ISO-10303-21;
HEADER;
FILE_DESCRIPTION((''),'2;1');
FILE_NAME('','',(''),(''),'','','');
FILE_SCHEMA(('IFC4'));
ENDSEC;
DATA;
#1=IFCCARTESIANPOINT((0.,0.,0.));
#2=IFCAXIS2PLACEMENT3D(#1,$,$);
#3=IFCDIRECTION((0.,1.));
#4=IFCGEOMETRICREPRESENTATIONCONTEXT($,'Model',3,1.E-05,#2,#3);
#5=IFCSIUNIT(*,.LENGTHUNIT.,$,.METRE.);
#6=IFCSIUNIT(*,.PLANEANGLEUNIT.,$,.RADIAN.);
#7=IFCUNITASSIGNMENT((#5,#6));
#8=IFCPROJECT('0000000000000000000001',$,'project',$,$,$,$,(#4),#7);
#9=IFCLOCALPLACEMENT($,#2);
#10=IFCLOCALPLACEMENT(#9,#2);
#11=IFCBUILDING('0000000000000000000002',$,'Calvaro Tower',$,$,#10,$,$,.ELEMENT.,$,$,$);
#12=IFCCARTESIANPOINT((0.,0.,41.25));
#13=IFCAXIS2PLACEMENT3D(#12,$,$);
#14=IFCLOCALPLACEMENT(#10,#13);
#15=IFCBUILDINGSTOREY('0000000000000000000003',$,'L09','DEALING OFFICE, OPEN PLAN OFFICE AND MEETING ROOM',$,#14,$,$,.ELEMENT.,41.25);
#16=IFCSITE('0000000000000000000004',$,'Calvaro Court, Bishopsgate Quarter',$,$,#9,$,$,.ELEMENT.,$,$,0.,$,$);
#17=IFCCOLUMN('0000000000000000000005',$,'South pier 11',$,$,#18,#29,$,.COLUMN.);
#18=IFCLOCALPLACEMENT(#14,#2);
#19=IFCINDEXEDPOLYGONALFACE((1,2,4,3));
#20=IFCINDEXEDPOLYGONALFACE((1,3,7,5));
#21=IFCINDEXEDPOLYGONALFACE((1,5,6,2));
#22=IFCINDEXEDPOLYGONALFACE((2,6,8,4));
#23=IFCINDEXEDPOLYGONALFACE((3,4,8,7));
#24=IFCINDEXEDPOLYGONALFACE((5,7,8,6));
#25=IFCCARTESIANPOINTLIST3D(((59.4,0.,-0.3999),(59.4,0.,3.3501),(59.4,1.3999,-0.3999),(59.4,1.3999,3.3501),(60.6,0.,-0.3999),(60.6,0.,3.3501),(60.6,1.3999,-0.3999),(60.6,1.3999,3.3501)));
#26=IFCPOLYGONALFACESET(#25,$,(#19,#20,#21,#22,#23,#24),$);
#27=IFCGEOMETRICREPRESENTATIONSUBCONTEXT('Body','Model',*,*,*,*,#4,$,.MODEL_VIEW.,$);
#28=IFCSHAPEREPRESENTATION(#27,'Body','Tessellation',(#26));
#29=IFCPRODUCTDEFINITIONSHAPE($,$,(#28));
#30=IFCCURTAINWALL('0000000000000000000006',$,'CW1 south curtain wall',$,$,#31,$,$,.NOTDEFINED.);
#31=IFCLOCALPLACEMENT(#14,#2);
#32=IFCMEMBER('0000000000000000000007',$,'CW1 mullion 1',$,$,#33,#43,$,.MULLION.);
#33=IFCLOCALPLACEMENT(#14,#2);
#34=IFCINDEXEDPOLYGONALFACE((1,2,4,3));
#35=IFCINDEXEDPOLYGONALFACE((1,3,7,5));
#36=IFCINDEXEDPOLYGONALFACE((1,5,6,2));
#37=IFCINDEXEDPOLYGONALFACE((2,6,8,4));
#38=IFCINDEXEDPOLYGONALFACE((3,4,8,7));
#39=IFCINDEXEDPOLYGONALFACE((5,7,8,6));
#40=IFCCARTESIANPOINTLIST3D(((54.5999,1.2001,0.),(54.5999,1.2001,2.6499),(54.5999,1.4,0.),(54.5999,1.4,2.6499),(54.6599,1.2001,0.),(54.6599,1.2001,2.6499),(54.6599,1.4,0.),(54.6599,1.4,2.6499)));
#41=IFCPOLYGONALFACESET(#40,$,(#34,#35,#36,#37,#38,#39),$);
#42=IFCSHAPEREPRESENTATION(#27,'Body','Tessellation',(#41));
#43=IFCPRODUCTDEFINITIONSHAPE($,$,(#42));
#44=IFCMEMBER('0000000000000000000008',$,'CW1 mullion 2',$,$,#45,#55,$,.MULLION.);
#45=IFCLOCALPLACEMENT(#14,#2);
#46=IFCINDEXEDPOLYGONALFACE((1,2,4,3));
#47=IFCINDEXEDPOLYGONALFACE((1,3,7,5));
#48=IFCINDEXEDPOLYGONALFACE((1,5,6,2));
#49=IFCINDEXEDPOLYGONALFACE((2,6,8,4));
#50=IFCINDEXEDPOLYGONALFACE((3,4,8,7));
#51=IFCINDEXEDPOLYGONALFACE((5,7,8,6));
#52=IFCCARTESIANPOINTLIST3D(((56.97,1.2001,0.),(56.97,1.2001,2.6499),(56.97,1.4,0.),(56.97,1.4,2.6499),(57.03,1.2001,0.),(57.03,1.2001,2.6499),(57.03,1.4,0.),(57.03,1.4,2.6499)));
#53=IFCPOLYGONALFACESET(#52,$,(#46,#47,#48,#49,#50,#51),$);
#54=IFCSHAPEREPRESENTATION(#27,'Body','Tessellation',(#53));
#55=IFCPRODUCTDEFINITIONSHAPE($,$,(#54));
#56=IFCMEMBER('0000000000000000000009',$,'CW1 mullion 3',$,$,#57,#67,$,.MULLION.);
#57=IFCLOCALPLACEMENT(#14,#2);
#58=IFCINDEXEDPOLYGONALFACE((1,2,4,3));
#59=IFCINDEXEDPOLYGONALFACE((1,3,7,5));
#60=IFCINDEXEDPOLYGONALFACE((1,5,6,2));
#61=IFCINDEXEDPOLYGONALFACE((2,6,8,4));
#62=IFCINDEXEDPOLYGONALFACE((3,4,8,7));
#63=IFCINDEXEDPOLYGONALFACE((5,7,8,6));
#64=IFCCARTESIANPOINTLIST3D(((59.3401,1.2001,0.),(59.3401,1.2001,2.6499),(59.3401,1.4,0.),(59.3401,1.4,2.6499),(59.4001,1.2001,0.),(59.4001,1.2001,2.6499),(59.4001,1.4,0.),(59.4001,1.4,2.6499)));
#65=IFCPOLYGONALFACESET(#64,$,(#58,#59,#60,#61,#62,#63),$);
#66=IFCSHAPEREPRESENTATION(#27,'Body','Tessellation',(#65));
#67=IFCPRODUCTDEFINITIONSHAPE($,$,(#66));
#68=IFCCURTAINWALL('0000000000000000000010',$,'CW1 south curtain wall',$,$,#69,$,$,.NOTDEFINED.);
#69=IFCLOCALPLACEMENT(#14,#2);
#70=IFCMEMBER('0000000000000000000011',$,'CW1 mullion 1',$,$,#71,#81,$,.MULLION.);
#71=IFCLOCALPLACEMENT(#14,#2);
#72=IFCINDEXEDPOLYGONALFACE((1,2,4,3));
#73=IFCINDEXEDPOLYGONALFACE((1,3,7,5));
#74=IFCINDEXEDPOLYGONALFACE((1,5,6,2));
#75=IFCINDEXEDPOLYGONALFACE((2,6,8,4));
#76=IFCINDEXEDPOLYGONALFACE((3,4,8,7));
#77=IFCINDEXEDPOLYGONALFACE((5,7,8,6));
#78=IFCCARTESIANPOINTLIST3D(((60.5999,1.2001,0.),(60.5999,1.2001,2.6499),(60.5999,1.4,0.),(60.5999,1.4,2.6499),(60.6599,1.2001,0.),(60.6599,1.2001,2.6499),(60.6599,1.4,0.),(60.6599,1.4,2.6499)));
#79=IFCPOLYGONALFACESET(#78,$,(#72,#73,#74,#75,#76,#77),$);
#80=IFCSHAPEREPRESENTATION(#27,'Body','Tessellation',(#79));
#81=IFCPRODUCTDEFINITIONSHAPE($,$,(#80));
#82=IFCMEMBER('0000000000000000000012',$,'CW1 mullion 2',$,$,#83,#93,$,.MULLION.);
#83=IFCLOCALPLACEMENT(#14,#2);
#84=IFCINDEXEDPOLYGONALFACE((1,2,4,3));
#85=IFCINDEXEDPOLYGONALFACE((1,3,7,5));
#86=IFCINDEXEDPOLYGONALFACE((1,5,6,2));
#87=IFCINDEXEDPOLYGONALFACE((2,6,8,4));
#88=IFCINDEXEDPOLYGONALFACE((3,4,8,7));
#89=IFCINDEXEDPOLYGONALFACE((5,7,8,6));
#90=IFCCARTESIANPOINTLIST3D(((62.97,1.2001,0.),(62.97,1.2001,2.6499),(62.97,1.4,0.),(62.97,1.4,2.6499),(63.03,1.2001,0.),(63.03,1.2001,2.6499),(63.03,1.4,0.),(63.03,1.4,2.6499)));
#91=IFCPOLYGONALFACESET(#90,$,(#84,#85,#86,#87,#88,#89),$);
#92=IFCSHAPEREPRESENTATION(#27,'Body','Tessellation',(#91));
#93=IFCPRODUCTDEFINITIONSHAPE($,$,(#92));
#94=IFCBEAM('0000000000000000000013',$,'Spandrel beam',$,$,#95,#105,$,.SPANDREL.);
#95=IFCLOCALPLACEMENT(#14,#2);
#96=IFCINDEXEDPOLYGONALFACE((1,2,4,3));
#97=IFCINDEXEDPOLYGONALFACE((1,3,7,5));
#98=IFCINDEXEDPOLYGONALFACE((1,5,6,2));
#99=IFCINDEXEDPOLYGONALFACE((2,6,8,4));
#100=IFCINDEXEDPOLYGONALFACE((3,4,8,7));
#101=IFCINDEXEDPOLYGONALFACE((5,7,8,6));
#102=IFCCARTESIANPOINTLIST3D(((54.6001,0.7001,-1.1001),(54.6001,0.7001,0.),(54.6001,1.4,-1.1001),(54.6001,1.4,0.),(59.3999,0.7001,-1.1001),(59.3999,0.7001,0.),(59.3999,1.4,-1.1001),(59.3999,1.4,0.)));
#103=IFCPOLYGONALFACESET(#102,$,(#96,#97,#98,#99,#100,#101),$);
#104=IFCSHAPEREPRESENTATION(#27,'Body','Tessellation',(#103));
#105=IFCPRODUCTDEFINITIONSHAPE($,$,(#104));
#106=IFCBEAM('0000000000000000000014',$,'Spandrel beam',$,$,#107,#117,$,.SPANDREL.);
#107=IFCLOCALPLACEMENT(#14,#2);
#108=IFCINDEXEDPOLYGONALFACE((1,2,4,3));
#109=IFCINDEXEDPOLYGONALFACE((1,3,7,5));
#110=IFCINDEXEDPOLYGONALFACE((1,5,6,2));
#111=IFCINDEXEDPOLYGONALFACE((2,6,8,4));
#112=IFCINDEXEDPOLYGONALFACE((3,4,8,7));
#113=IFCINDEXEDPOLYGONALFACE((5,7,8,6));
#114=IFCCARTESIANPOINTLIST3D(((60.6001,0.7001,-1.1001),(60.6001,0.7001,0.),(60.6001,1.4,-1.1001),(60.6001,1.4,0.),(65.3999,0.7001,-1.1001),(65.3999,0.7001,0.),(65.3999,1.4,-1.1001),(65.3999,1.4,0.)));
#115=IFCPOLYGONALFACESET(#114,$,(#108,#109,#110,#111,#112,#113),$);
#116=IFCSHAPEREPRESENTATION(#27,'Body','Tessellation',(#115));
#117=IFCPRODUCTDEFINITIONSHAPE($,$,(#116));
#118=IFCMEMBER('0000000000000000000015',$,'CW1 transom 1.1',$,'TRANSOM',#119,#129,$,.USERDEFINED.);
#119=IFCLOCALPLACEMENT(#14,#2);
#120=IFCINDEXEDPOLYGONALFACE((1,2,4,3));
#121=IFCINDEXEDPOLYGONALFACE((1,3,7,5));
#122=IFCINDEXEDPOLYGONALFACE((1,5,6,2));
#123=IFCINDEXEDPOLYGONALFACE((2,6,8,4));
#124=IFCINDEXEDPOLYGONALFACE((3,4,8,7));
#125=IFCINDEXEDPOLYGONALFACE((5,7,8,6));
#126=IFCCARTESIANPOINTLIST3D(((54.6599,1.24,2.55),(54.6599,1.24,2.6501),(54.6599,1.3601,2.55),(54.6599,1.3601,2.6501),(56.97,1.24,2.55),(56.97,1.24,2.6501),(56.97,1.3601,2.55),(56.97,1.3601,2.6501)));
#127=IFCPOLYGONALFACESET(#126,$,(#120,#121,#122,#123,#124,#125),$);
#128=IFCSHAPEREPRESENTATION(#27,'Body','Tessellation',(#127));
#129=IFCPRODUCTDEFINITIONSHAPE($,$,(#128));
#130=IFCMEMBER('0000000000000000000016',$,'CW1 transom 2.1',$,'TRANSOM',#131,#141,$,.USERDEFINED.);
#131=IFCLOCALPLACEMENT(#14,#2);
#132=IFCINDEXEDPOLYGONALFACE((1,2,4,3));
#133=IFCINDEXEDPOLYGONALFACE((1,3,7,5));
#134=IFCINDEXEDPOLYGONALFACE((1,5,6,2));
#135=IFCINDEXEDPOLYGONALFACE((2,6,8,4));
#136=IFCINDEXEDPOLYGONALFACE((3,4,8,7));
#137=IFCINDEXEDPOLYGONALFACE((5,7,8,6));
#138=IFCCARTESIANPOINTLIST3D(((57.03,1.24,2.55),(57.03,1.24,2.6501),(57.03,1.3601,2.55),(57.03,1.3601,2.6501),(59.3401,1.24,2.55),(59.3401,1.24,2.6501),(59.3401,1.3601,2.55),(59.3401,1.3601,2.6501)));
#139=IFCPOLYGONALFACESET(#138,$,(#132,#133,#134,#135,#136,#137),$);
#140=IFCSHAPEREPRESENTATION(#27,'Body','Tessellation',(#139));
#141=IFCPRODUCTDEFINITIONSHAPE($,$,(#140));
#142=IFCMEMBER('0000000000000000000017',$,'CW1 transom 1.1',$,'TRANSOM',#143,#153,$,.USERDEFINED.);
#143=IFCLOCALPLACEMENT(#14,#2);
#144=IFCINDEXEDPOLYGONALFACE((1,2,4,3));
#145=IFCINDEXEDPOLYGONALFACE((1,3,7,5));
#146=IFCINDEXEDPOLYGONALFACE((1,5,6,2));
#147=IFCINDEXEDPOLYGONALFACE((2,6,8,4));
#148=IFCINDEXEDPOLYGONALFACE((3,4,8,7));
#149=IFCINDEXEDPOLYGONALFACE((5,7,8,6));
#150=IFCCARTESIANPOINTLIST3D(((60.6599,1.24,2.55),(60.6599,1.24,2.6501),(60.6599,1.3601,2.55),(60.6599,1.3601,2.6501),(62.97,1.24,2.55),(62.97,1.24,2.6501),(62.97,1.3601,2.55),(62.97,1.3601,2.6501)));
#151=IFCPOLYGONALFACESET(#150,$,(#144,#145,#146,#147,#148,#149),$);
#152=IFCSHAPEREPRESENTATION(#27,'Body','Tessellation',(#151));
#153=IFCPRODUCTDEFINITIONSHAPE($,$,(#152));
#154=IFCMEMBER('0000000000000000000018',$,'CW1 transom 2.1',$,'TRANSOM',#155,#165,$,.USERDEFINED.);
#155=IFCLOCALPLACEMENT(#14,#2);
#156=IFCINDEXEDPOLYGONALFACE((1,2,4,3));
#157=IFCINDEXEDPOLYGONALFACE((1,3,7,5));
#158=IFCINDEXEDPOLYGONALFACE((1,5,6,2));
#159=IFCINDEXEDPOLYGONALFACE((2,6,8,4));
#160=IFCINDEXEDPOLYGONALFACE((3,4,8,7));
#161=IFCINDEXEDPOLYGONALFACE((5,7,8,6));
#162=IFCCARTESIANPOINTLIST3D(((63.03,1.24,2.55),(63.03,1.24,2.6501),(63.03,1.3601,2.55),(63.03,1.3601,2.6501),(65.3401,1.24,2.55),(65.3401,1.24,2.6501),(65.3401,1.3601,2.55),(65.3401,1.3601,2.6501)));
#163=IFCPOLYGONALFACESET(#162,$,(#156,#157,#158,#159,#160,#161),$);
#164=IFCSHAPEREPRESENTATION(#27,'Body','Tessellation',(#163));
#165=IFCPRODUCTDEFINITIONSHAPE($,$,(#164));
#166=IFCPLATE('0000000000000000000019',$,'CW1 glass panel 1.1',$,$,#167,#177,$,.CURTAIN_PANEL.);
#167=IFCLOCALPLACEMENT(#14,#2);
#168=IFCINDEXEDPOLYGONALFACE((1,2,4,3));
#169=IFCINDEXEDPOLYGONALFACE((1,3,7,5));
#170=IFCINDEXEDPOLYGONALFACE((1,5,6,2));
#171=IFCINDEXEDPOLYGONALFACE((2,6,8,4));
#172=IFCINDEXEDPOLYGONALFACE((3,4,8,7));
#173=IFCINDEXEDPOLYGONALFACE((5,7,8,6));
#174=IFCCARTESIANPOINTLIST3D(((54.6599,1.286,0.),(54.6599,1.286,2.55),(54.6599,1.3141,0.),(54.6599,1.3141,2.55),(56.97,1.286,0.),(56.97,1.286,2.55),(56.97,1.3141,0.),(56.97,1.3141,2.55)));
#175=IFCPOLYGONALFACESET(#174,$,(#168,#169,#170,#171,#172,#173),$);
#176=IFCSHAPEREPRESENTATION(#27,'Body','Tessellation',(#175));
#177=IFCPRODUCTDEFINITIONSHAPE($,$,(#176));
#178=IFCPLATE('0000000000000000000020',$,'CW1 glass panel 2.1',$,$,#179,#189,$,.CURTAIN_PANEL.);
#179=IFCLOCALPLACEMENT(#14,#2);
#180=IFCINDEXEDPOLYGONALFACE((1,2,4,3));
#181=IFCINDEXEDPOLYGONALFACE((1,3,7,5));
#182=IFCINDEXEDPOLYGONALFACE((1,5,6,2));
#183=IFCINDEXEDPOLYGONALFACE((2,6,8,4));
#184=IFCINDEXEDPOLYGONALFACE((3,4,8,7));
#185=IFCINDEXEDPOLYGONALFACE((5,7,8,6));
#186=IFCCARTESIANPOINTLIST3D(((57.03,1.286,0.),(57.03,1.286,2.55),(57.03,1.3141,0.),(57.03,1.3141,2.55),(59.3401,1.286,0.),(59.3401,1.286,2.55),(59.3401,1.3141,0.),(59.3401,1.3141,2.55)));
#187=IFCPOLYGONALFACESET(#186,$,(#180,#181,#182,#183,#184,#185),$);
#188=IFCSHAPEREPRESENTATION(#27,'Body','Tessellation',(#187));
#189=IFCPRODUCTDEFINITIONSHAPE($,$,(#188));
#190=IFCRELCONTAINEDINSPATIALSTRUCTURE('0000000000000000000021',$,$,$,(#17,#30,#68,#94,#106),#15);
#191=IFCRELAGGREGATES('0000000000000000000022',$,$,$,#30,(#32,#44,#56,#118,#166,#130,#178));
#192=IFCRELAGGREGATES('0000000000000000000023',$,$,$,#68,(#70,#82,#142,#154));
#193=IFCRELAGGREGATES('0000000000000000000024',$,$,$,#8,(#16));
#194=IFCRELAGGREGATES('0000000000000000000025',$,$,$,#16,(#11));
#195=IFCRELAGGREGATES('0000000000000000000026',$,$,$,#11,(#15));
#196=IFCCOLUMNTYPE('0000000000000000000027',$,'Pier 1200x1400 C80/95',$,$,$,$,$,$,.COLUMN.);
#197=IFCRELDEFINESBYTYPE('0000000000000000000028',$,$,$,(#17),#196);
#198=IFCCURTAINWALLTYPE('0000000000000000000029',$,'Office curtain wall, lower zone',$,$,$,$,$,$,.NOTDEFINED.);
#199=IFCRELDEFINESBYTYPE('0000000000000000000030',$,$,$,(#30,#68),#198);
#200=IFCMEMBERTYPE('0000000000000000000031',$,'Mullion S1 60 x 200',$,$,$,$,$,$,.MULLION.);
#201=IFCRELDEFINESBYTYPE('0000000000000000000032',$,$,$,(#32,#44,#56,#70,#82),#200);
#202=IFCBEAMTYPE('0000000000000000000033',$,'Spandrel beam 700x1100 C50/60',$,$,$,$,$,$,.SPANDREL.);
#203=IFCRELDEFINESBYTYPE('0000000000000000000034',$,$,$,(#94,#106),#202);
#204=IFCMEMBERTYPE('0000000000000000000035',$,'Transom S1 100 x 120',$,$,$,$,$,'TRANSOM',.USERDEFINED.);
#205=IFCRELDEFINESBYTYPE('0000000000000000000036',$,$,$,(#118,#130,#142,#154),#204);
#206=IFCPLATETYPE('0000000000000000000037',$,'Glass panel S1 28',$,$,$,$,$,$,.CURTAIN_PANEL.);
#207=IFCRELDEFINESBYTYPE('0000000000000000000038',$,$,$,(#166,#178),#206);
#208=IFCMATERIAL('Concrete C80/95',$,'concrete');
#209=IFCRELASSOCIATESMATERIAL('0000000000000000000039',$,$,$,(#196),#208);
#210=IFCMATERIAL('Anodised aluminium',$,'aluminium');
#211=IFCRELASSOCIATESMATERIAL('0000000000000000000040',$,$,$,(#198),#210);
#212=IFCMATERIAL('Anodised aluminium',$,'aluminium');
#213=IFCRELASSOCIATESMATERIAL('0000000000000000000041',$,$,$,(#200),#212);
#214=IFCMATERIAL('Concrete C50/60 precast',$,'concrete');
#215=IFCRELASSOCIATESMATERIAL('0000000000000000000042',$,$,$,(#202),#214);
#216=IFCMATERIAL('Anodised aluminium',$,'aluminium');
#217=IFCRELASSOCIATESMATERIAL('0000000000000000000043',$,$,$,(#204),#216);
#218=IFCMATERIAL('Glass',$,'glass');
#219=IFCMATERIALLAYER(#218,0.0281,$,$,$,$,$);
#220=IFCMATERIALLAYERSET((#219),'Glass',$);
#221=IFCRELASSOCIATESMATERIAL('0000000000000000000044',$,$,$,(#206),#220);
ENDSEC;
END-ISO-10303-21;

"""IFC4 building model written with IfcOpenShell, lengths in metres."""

from ifc_helpers import new_model, si_unit, direction, frame, origin, origin_2d, place, context, subcontext, project, spatial, rectangle, extrude, material, layer, layer_set, material_profile, profile_set, type_object, element, aggregate, save


model = new_model("IFC4")

# Units and contexts
model_context = context("Model", 3, precision=1e-05, world=origin(), true_north=direction((0.0, 1.0)))
body_context = subcontext(model_context, "Body", "Model", "MODEL_VIEW")
ifc_project = project(units=[si_unit("LENGTHUNIT", "METRE"), si_unit("PLANEANGLEUNIT", "RADIAN")], contexts=[model_context])

# Site, building, storey
site_placement = place(None, origin())
site = spatial("IfcSite", under=ifc_project, at=site_placement, Name="Calvaro Court, Bishopsgate Quarter", CompositionType="ELEMENT", RefElevation=0.0)
building_placement = place(site_placement, origin())
building = spatial("IfcBuilding", under=site, at=building_placement, Name="Calvaro Tower", CompositionType="ELEMENT")
storey_placement = place(building_placement, frame((0.0, 0.0, 41.25)))
storey = spatial("IfcBuildingStorey", under=building, at=storey_placement, Name="L09", Description="DEALING OFFICE, OPEN PLAN OFFICE AND MEETING ROOM", CompositionType="ELEMENT", Elevation=41.25)

# Column
ifc_material_1 = material(Name="Concrete C80/95", Category="concrete")
ifc_material_profile_1 = material_profile(ifc_material_1, rectangle(XDim=1.2, YDim=1.3999, at=origin_2d()), Name="RC 1200x1400")
ifc_profile_set_1 = profile_set([ifc_material_profile_1], Name="Concrete C80/95")
column_type = type_object("IfcColumnType", Name="Pier 1200x1400 C80/95", PredefinedType="COLUMN", material=ifc_profile_set_1)
column_placement = place(storey_placement, frame((60.0, 0.7, -0.3999), z_axis=(0.0, 0.0, 1.0), x_axis=(1.0, 0.0, 0.0)))
element("IfcColumn", 1, at=column_placement, inside=storey, type_object=column_type, Name="South pier 11", PredefinedType="COLUMN", context=body_context, shape_type="SweptSolid", body=[
    extrude(rectangle(XDim=1.2, YDim=1.3999, at=origin_2d()), origin(), (0.0, 0.0, 1.0), 3.75),
])

# Curtain walls, members
ifc_material_2 = material(Name="Anodised aluminium", Category="aluminium")
curtain_wall_type = type_object("IfcCurtainWallType", Name="Office curtain wall, lower zone", PredefinedType="NOTDEFINED", material=ifc_material_2)
curtain_wall_1_placement = place(storey_placement, origin())
curtain_wall_1 = element("IfcCurtainWall", 2, at=curtain_wall_1_placement, inside=storey, type_object=curtain_wall_type, Name="CW1 south curtain wall", PredefinedType="NOTDEFINED")
ifc_material_3 = material(Name="Anodised aluminium", Category="aluminium")
ifc_material_profile_2 = material_profile(ifc_material_3, rectangle(XDim=0.2, YDim=0.0601, at=origin_2d()), Name="Mullion S1 60 x 200")
ifc_profile_set_2 = profile_set([ifc_material_profile_2], Name="Anodised aluminium")
member_type_1 = type_object("IfcMemberType", Name="Mullion S1 60 x 200", PredefinedType="MULLION", material=ifc_profile_set_2)
member_1_placement = place(storey_placement, frame((54.6299, 1.3, 0.0), z_axis=(0.0, 0.0, 1.0), x_axis=(0.0, 1.0, 0.0)))
member_1 = element("IfcMember", 3, at=member_1_placement, type_object=member_type_1, Name="CW1 mullion 1", PredefinedType="MULLION", context=body_context, shape_type="SweptSolid", body=[
    extrude(rectangle(XDim=0.2, YDim=0.0601, at=origin_2d()), origin(), (0.0, 0.0, 1.0), 2.6499),
])
member_2_placement = place(storey_placement, frame((57.0, 1.3, 0.0), z_axis=(0.0, 0.0, 1.0), x_axis=(0.0, 1.0, 0.0)))
member_2 = element("IfcMember", 4, at=member_2_placement, type_object=member_type_1, Name="CW1 mullion 2", PredefinedType="MULLION", context=body_context, shape_type="SweptSolid", body=[
    extrude(rectangle(XDim=0.2, YDim=0.0601, at=origin_2d()), origin(), (0.0, 0.0, 1.0), 2.6499),
])
member_3_placement = place(storey_placement, frame((59.3701, 1.3, 0.0), z_axis=(0.0, 0.0, 1.0), x_axis=(0.0, 1.0, 0.0)))
member_3 = element("IfcMember", 5, at=member_3_placement, type_object=member_type_1, Name="CW1 mullion 3", PredefinedType="MULLION", context=body_context, shape_type="SweptSolid", body=[
    extrude(rectangle(XDim=0.2, YDim=0.0601, at=origin_2d()), origin(), (0.0, 0.0, 1.0), 2.6499),
])
curtain_wall_2_placement = place(storey_placement, origin())
curtain_wall_2 = element("IfcCurtainWall", 6, at=curtain_wall_2_placement, inside=storey, type_object=curtain_wall_type, Name="CW1 south curtain wall", PredefinedType="NOTDEFINED")
member_4_placement = place(storey_placement, frame((60.6299, 1.3, 0.0), z_axis=(0.0, 0.0, 1.0), x_axis=(0.0, 1.0, 0.0)))
member_4 = element("IfcMember", 7, at=member_4_placement, type_object=member_type_1, Name="CW1 mullion 1", PredefinedType="MULLION", context=body_context, shape_type="SweptSolid", body=[
    extrude(rectangle(XDim=0.2, YDim=0.0601, at=origin_2d()), origin(), (0.0, 0.0, 1.0), 2.6499),
])
member_5_placement = place(storey_placement, frame((63.0, 1.3, 0.0), z_axis=(0.0, 0.0, 1.0), x_axis=(0.0, 1.0, 0.0)))
member_5 = element("IfcMember", 8, at=member_5_placement, type_object=member_type_1, Name="CW1 mullion 2", PredefinedType="MULLION", context=body_context, shape_type="SweptSolid", body=[
    extrude(rectangle(XDim=0.2, YDim=0.0601, at=origin_2d()), origin(), (0.0, 0.0, 1.0), 2.6499),
])

# Beams
ifc_material_4 = material(Name="Concrete C50/60 precast", Category="concrete")
ifc_material_profile_3 = material_profile(ifc_material_4, rectangle(XDim=0.7, YDim=1.1001, at=origin_2d()), Name="RC 700x1100")
ifc_profile_set_3 = profile_set([ifc_material_profile_3], Name="Concrete C50/60 precast")
beam_type = type_object("IfcBeamType", Name="Spandrel beam 700x1100 C50/60", PredefinedType="SPANDREL", material=ifc_profile_set_3)
for number, where, z_axis, x_axis, name in (
    (9, (54.6001, 1.05, -0.55), (1.0, 0.0, 0.0), (0.0, 1.0, 0.0), "Spandrel beam"),
    (10, (60.6001, 1.05, -0.55), (1.0, 0.0, 0.0), (0.0, 1.0, 0.0), "Spandrel beam"),
):
    element("IfcBeam", number, at=place(storey_placement, frame(where, z_axis=z_axis, x_axis=x_axis)), inside=storey, type_object=beam_type, Name=name, PredefinedType="SPANDREL", context=body_context, shape_type="SweptSolid", body=[
        extrude(rectangle(XDim=0.7, YDim=1.1001, at=origin_2d()), origin(), (0.0, 0.0, 1.0), 4.7998),
    ])

# Members
ifc_material_5 = material(Name="Anodised aluminium", Category="aluminium")
ifc_material_profile_4 = material_profile(ifc_material_5, rectangle(XDim=0.1201, YDim=0.1001, at=origin_2d()), Name="Transom S1 100 x 120")
ifc_profile_set_4 = profile_set([ifc_material_profile_4], Name="Anodised aluminium")
member_type_2 = type_object("IfcMemberType", Name="Transom S1 100 x 120", ElementType="TRANSOM", PredefinedType="USERDEFINED", material=ifc_profile_set_4)
member_6_placement = place(storey_placement, frame((54.6599, 1.3, 2.6001), z_axis=(1.0, 0.0, 0.0), x_axis=(0.0, 1.0, 0.0)))
member_6 = element("IfcMember", 11, at=member_6_placement, type_object=member_type_2, Name="CW1 transom 1.1", ObjectType="TRANSOM", PredefinedType="USERDEFINED", context=body_context, shape_type="SweptSolid", body=[
    extrude(rectangle(XDim=0.1201, YDim=0.1001, at=origin_2d()), origin(), (0.0, 0.0, 1.0), 2.3101),
])
member_7_placement = place(storey_placement, frame((57.03, 1.3, 2.6001), z_axis=(1.0, 0.0, 0.0), x_axis=(0.0, 1.0, 0.0)))
member_7 = element("IfcMember", 12, at=member_7_placement, type_object=member_type_2, Name="CW1 transom 2.1", ObjectType="TRANSOM", PredefinedType="USERDEFINED", context=body_context, shape_type="SweptSolid", body=[
    extrude(rectangle(XDim=0.1201, YDim=0.1001, at=origin_2d()), origin(), (0.0, 0.0, 1.0), 2.3101),
])
member_8_placement = place(storey_placement, frame((60.6599, 1.3, 2.6001), z_axis=(1.0, 0.0, 0.0), x_axis=(0.0, 1.0, 0.0)))
member_8 = element("IfcMember", 13, at=member_8_placement, type_object=member_type_2, Name="CW1 transom 1.1", ObjectType="TRANSOM", PredefinedType="USERDEFINED", context=body_context, shape_type="SweptSolid", body=[
    extrude(rectangle(XDim=0.1201, YDim=0.1001, at=origin_2d()), origin(), (0.0, 0.0, 1.0), 2.3101),
])
member_9_placement = place(storey_placement, frame((63.03, 1.3, 2.6001), z_axis=(1.0, 0.0, 0.0), x_axis=(0.0, 1.0, 0.0)))
member_9 = element("IfcMember", 14, at=member_9_placement, type_object=member_type_2, Name="CW1 transom 2.1", ObjectType="TRANSOM", PredefinedType="USERDEFINED", context=body_context, shape_type="SweptSolid", body=[
    extrude(rectangle(XDim=0.1201, YDim=0.1001, at=origin_2d()), origin(), (0.0, 0.0, 1.0), 2.3101),
])

# Plates
ifc_material_6 = material(Name="Glass", Category="glass")
ifc_layer = layer(ifc_material_6, 0.0281)
ifc_layer_set = layer_set([ifc_layer], Name="Glass")
plate_type = type_object("IfcPlateType", Name="Glass panel S1 28", PredefinedType="CURTAIN_PANEL", material=ifc_layer_set)
plate_1_placement = place(storey_placement, frame((55.8149, 1.3, 0.0), z_axis=(0.0, 0.0, 1.0), x_axis=(1.0, 0.0, 0.0)))
plate_1 = element("IfcPlate", 15, at=plate_1_placement, type_object=plate_type, Name="CW1 glass panel 1.1", PredefinedType="CURTAIN_PANEL", context=body_context, shape_type="SweptSolid", body=[
    extrude(rectangle(XDim=2.3101, YDim=0.0281, at=origin_2d()), origin(), (0.0, 0.0, 1.0), 2.55),
])
plate_2_placement = place(storey_placement, frame((58.1851, 1.3, 0.0), z_axis=(0.0, 0.0, 1.0), x_axis=(1.0, 0.0, 0.0)))
plate_2 = element("IfcPlate", 16, at=plate_2_placement, type_object=plate_type, Name="CW1 glass panel 2.1", PredefinedType="CURTAIN_PANEL", context=body_context, shape_type="SweptSolid", body=[
    extrude(rectangle(XDim=2.3101, YDim=0.0281, at=origin_2d()), origin(), (0.0, 0.0, 1.0), 2.55),
])
aggregate(curtain_wall_1, [member_1, member_2, member_3, member_6, plate_1, member_7, plate_2])
aggregate(curtain_wall_2, [member_4, member_5, member_8, member_9])

save(model, "model.ifc")
